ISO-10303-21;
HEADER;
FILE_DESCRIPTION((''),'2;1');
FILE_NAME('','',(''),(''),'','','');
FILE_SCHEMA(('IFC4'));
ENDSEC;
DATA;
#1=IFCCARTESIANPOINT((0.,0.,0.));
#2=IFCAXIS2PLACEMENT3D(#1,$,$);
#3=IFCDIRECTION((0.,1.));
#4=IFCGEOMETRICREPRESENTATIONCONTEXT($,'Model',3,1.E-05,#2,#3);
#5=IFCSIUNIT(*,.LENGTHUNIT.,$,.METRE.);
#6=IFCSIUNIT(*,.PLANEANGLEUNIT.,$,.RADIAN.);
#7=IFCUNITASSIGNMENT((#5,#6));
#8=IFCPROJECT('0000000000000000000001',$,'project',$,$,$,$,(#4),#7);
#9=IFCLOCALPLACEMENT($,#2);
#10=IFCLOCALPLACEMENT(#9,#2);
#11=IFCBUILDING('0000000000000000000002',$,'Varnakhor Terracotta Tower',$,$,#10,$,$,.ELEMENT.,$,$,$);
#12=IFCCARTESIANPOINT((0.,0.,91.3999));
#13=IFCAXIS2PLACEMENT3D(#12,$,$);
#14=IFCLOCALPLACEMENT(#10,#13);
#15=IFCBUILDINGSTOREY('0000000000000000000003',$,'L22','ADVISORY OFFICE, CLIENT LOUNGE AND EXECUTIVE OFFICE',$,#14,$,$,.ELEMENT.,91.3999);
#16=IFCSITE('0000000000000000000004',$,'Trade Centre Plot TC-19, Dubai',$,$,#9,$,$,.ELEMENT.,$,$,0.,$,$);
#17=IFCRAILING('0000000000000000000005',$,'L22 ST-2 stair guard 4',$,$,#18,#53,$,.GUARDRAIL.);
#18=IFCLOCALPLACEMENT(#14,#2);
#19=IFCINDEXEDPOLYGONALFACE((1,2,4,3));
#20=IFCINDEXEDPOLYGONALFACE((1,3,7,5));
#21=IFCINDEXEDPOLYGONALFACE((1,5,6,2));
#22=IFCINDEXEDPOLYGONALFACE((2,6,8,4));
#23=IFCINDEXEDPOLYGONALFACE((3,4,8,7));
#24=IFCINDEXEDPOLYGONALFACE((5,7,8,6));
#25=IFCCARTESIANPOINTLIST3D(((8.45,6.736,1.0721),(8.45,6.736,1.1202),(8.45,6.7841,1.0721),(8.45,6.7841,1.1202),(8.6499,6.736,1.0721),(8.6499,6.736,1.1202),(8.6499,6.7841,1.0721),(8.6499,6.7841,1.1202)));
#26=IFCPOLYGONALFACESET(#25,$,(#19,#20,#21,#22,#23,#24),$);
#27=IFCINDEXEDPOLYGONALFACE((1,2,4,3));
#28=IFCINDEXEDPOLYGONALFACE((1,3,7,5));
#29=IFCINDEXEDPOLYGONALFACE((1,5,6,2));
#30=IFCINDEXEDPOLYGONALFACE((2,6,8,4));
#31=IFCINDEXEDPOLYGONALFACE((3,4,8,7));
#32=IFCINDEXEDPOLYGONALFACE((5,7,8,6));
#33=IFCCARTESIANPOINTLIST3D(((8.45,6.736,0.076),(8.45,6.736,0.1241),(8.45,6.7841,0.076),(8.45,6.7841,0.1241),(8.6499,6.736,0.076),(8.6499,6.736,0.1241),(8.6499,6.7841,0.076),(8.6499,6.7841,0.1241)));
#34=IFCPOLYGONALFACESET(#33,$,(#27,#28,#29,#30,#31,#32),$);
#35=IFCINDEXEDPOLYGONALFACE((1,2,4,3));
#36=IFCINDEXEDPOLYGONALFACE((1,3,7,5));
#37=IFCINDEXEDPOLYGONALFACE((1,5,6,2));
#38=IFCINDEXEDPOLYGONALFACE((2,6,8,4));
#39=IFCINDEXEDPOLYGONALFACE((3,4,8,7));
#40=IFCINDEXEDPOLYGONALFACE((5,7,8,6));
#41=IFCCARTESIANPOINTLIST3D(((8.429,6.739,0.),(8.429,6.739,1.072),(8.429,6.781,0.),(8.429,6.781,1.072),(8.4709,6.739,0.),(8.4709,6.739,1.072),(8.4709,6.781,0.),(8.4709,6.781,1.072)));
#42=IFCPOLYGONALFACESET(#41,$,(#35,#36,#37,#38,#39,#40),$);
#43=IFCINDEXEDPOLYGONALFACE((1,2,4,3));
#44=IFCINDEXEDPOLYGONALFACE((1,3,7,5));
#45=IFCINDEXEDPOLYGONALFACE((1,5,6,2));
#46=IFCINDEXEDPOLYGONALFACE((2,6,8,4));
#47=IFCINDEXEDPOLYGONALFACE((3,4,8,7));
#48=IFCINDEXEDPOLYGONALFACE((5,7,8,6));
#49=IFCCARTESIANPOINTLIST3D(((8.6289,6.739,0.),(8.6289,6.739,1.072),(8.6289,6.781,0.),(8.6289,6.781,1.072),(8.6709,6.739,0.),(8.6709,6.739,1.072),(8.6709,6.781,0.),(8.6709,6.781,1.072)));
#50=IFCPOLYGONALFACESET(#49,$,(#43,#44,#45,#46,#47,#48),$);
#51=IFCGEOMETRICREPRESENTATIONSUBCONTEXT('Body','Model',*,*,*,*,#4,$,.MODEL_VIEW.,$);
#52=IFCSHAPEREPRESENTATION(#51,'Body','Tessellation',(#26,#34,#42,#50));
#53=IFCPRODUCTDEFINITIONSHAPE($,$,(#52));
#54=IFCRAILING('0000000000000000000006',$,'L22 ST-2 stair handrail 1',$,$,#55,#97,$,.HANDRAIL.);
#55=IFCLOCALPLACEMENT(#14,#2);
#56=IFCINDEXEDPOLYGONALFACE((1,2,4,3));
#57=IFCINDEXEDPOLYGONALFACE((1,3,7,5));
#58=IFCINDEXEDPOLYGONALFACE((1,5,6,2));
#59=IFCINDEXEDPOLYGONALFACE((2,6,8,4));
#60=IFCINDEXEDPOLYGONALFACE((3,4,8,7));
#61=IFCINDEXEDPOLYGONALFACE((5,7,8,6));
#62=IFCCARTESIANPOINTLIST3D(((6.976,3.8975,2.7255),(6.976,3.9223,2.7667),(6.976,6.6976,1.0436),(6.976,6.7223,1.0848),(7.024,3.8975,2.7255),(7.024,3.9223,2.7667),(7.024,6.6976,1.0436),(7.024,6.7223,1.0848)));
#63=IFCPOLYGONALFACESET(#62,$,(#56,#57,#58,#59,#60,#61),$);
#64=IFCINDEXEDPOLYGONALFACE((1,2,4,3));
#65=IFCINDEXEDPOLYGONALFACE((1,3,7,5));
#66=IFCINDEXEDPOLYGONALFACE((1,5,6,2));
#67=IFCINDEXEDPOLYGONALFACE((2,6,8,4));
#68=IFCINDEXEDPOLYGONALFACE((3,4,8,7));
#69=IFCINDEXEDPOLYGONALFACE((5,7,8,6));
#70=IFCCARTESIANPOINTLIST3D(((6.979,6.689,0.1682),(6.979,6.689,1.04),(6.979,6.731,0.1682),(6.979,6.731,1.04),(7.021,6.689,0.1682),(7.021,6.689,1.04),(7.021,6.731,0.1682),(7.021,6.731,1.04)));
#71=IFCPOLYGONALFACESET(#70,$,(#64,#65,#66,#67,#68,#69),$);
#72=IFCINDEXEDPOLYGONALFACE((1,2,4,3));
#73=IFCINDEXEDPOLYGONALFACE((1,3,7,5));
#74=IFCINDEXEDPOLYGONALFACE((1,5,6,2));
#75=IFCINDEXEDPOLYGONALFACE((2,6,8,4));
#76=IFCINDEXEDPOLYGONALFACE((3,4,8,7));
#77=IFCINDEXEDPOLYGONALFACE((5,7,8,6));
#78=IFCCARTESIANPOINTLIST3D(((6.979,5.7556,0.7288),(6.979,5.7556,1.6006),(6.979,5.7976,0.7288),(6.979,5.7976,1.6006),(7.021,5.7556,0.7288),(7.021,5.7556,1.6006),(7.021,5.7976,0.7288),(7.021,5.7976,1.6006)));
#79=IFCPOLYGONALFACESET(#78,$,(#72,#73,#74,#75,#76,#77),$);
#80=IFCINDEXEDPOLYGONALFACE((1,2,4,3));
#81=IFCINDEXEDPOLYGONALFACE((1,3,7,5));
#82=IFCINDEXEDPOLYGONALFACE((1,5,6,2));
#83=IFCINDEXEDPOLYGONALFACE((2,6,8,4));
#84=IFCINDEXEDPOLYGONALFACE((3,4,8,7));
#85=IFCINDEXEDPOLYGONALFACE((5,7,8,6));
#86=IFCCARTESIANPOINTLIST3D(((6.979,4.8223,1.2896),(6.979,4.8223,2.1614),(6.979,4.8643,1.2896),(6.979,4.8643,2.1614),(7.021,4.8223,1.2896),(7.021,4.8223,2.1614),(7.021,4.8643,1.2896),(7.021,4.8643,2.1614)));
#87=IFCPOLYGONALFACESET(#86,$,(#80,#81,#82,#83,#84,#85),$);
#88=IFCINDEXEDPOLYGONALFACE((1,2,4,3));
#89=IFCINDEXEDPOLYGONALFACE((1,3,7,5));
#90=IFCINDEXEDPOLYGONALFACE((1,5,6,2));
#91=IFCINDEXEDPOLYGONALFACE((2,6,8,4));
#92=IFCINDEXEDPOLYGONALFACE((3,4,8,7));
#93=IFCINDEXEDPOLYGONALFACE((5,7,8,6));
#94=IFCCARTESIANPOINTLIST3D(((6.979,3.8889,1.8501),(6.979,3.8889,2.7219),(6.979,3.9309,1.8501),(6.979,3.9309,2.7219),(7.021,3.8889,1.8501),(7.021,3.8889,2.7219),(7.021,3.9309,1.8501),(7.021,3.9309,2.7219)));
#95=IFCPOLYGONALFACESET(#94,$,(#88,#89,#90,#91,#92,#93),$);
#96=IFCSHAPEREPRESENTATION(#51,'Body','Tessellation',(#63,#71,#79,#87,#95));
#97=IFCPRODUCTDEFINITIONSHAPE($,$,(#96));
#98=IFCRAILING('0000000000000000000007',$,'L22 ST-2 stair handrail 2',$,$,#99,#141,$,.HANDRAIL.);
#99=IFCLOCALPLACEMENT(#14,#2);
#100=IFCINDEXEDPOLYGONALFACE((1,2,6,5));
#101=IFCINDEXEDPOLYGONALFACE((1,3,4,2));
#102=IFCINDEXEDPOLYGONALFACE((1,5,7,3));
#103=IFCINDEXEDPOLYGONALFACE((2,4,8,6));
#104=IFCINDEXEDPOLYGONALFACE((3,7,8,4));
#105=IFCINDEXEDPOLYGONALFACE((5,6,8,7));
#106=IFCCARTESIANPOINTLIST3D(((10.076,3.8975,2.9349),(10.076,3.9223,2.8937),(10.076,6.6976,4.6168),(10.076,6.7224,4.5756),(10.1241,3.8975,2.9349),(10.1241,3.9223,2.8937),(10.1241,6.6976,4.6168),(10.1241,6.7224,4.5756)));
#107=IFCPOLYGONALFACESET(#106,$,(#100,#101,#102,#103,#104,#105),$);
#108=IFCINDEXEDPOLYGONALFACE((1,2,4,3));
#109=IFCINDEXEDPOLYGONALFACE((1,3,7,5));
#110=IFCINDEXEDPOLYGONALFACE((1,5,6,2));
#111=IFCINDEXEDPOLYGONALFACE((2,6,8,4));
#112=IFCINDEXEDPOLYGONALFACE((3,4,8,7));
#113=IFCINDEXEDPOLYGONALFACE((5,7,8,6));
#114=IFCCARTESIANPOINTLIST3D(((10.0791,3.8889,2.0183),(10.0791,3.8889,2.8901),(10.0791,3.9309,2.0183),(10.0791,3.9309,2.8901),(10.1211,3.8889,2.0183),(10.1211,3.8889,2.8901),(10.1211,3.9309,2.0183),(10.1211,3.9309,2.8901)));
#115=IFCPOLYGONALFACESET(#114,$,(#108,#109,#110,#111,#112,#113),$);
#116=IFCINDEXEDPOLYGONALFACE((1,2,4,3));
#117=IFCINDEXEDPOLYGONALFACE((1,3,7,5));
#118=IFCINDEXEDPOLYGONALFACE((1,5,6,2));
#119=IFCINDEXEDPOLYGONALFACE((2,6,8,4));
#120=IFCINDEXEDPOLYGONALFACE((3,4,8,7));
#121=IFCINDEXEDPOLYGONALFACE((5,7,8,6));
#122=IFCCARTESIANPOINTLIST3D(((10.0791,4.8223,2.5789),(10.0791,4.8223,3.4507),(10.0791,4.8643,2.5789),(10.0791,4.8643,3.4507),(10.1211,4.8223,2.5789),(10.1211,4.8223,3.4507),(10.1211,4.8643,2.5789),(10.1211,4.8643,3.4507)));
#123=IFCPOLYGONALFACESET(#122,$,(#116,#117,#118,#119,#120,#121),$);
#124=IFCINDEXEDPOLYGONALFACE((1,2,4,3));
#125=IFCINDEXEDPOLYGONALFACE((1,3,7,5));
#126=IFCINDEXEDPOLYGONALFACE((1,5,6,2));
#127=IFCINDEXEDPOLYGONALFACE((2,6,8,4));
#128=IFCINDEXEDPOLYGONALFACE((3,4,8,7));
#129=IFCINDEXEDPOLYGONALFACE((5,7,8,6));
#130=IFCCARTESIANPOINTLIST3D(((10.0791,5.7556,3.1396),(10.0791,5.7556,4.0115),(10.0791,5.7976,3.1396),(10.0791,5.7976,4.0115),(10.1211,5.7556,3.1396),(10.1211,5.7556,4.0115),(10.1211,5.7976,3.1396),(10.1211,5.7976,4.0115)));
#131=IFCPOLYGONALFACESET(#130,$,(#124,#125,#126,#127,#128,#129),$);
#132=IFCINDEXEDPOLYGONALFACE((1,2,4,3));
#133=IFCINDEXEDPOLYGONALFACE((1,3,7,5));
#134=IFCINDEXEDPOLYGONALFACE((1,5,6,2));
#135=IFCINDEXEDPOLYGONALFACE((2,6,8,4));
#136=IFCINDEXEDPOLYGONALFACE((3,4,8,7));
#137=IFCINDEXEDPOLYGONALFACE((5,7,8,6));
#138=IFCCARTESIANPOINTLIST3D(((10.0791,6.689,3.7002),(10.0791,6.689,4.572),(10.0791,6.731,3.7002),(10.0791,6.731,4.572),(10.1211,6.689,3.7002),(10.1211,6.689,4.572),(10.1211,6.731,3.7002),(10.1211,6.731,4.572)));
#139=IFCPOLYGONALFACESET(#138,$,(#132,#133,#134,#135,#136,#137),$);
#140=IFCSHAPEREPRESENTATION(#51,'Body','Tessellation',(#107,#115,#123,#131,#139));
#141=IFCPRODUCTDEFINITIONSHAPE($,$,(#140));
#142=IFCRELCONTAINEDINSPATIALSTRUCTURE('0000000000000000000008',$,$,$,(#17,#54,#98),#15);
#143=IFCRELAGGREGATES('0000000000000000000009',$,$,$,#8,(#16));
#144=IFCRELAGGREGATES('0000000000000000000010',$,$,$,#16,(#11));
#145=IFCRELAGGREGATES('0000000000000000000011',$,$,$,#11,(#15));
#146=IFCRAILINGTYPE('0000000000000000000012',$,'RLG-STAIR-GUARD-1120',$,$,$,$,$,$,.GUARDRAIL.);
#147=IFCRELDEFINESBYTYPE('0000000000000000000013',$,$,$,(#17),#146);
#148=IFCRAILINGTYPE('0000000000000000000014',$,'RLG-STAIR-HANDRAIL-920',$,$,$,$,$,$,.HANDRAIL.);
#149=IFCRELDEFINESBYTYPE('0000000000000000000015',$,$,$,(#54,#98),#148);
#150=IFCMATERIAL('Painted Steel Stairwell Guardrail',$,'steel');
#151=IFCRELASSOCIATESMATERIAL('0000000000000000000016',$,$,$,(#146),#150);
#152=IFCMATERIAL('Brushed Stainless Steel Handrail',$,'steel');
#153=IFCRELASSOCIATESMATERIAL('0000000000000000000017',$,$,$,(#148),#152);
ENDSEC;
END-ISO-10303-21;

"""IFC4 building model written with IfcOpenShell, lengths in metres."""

from ifc_helpers import new_model, si_unit, direction, frame, origin, origin_2d, place, context, subcontext, project, spatial, rectangle, extrude, material, type_object, element, save


model = new_model("IFC4")

# Units and contexts
model_context = context("Model", 3, precision=1e-05, world=origin(), true_north=direction((0.0, 1.0)))
body_context = subcontext(model_context, "Body", "Model", "MODEL_VIEW")
ifc_project = project(units=[si_unit("LENGTHUNIT", "METRE"), si_unit("PLANEANGLEUNIT", "RADIAN")], contexts=[model_context])

# Site, building, storey
site_placement = place(None, origin())
site = spatial("IfcSite", under=ifc_project, at=site_placement, Name="Trade Centre Plot TC-19, Dubai", CompositionType="ELEMENT", RefElevation=0.0)
building_placement = place(site_placement, origin())
building = spatial("IfcBuilding", under=site, at=building_placement, Name="Varnakhor Terracotta Tower", CompositionType="ELEMENT")
storey_placement = place(building_placement, frame((0.0, 0.0, 91.3999)))
storey = spatial("IfcBuildingStorey", under=building, at=storey_placement, Name="L22", Description="ADVISORY OFFICE, CLIENT LOUNGE AND EXECUTIVE OFFICE", CompositionType="ELEMENT", Elevation=91.3999)

# Railings
ifc_material_1 = material(Name="Painted Steel Stairwell Guardrail", Category="steel")
railing_type_1 = type_object("IfcRailingType", Name="RLG-STAIR-GUARD-1120", PredefinedType="GUARDRAIL", material=ifc_material_1)
railing_1_placement = place(storey_placement, frame((8.45, 6.76, 0.0)))
element("IfcRailing", 1, at=railing_1_placement, inside=storey, type_object=railing_type_1, Name="L22 ST-2 stair guard 4", PredefinedType="GUARDRAIL", context=body_context, shape_type="SweptSolid", body=[
    extrude(rectangle(XDim=0.0481, YDim=0.0481, at=origin_2d()), frame((0.0, 0.0, 1.0962), z_axis=(1.0, 0.0, 0.0), x_axis=(0.0, 1.0, 0.0)), (0.0, 0.0, 1.0), 0.2),
    extrude(rectangle(XDim=0.0481, YDim=0.0481, at=origin_2d()), frame((0.0, 0.0, 0.1001), z_axis=(1.0, 0.0, 0.0), x_axis=(0.0, 1.0, 0.0)), (0.0, 0.0, 1.0), 0.2),
    extrude(rectangle(XDim=0.042, YDim=0.042, at=origin_2d()), origin(), (0.0, 0.0, 1.0), 1.072),
    extrude(rectangle(XDim=0.042, YDim=0.042, at=origin_2d()), frame((0.2, 0.0, 0.0)), (0.0, 0.0, 1.0), 1.072),
])
ifc_material_2 = material(Name="Brushed Stainless Steel Handrail", Category="steel")
railing_type_2 = type_object("IfcRailingType", Name="RLG-STAIR-HANDRAIL-920", PredefinedType="HANDRAIL", material=ifc_material_2)
railing_2_placement = place(storey_placement, frame((7.0, 6.71, 0.1682)))
element("IfcRailing", 2, at=railing_2_placement, inside=storey, type_object=railing_type_2, Name="L22 ST-2 stair handrail 1", PredefinedType="HANDRAIL", context=body_context, shape_type="SweptSolid", body=[
    extrude(rectangle(XDim=0.0481, YDim=0.0481, at=origin_2d()), frame((0.0, 0.0, 0.896), z_axis=(0.0, -0.857242, 0.514913), x_axis=(1.0, 0.0, 0.0)), (0.0, 0.0, 1.0), 3.2664),
    extrude(rectangle(XDim=0.042, YDim=0.042, at=origin_2d()), origin(), (0.0, 0.0, 1.0), 0.8718),
    extrude(rectangle(XDim=0.042, YDim=0.042, at=origin_2d()), frame((0.0, -0.9333, 0.5605)), (0.0, 0.0, 1.0), 0.8718),
    extrude(rectangle(XDim=0.042, YDim=0.042, at=origin_2d()), frame((0.0, -1.8667, 1.1213)), (0.0, 0.0, 1.0), 0.8718),
    extrude(rectangle(XDim=0.042, YDim=0.042, at=origin_2d()), frame((0.0, -2.8, 1.6819)), (0.0, 0.0, 1.0), 0.8718),
])
railing_3_placement = place(storey_placement, frame((10.1001, 3.9099, 2.0183)))
element("IfcRailing", 3, at=railing_3_placement, inside=storey, type_object=railing_type_2, Name="L22 ST-2 stair handrail 2", PredefinedType="HANDRAIL", context=body_context, shape_type="SweptSolid", body=[
    extrude(rectangle(XDim=0.0481, YDim=0.0481, at=origin_2d()), frame((0.0, 0.0, 0.896), z_axis=(0.0, 0.857242, 0.514913), x_axis=(-1.0, 0.0, 0.0)), (0.0, 0.0, 1.0), 3.2664),
    extrude(rectangle(XDim=0.042, YDim=0.042, at=origin_2d()), origin(), (0.0, 0.0, 1.0), 0.8718),
    extrude(rectangle(XDim=0.042, YDim=0.042, at=origin_2d()), frame((0.0, 0.9333, 0.5605)), (0.0, 0.0, 1.0), 0.8718),
    extrude(rectangle(XDim=0.042, YDim=0.042, at=origin_2d()), frame((0.0, 1.8667, 1.1213)), (0.0, 0.0, 1.0), 0.8718),
    extrude(rectangle(XDim=0.042, YDim=0.042, at=origin_2d()), frame((0.0, 2.8, 1.6819)), (0.0, 0.0, 1.0), 0.8718),
])

save(model, "model.ifc")
